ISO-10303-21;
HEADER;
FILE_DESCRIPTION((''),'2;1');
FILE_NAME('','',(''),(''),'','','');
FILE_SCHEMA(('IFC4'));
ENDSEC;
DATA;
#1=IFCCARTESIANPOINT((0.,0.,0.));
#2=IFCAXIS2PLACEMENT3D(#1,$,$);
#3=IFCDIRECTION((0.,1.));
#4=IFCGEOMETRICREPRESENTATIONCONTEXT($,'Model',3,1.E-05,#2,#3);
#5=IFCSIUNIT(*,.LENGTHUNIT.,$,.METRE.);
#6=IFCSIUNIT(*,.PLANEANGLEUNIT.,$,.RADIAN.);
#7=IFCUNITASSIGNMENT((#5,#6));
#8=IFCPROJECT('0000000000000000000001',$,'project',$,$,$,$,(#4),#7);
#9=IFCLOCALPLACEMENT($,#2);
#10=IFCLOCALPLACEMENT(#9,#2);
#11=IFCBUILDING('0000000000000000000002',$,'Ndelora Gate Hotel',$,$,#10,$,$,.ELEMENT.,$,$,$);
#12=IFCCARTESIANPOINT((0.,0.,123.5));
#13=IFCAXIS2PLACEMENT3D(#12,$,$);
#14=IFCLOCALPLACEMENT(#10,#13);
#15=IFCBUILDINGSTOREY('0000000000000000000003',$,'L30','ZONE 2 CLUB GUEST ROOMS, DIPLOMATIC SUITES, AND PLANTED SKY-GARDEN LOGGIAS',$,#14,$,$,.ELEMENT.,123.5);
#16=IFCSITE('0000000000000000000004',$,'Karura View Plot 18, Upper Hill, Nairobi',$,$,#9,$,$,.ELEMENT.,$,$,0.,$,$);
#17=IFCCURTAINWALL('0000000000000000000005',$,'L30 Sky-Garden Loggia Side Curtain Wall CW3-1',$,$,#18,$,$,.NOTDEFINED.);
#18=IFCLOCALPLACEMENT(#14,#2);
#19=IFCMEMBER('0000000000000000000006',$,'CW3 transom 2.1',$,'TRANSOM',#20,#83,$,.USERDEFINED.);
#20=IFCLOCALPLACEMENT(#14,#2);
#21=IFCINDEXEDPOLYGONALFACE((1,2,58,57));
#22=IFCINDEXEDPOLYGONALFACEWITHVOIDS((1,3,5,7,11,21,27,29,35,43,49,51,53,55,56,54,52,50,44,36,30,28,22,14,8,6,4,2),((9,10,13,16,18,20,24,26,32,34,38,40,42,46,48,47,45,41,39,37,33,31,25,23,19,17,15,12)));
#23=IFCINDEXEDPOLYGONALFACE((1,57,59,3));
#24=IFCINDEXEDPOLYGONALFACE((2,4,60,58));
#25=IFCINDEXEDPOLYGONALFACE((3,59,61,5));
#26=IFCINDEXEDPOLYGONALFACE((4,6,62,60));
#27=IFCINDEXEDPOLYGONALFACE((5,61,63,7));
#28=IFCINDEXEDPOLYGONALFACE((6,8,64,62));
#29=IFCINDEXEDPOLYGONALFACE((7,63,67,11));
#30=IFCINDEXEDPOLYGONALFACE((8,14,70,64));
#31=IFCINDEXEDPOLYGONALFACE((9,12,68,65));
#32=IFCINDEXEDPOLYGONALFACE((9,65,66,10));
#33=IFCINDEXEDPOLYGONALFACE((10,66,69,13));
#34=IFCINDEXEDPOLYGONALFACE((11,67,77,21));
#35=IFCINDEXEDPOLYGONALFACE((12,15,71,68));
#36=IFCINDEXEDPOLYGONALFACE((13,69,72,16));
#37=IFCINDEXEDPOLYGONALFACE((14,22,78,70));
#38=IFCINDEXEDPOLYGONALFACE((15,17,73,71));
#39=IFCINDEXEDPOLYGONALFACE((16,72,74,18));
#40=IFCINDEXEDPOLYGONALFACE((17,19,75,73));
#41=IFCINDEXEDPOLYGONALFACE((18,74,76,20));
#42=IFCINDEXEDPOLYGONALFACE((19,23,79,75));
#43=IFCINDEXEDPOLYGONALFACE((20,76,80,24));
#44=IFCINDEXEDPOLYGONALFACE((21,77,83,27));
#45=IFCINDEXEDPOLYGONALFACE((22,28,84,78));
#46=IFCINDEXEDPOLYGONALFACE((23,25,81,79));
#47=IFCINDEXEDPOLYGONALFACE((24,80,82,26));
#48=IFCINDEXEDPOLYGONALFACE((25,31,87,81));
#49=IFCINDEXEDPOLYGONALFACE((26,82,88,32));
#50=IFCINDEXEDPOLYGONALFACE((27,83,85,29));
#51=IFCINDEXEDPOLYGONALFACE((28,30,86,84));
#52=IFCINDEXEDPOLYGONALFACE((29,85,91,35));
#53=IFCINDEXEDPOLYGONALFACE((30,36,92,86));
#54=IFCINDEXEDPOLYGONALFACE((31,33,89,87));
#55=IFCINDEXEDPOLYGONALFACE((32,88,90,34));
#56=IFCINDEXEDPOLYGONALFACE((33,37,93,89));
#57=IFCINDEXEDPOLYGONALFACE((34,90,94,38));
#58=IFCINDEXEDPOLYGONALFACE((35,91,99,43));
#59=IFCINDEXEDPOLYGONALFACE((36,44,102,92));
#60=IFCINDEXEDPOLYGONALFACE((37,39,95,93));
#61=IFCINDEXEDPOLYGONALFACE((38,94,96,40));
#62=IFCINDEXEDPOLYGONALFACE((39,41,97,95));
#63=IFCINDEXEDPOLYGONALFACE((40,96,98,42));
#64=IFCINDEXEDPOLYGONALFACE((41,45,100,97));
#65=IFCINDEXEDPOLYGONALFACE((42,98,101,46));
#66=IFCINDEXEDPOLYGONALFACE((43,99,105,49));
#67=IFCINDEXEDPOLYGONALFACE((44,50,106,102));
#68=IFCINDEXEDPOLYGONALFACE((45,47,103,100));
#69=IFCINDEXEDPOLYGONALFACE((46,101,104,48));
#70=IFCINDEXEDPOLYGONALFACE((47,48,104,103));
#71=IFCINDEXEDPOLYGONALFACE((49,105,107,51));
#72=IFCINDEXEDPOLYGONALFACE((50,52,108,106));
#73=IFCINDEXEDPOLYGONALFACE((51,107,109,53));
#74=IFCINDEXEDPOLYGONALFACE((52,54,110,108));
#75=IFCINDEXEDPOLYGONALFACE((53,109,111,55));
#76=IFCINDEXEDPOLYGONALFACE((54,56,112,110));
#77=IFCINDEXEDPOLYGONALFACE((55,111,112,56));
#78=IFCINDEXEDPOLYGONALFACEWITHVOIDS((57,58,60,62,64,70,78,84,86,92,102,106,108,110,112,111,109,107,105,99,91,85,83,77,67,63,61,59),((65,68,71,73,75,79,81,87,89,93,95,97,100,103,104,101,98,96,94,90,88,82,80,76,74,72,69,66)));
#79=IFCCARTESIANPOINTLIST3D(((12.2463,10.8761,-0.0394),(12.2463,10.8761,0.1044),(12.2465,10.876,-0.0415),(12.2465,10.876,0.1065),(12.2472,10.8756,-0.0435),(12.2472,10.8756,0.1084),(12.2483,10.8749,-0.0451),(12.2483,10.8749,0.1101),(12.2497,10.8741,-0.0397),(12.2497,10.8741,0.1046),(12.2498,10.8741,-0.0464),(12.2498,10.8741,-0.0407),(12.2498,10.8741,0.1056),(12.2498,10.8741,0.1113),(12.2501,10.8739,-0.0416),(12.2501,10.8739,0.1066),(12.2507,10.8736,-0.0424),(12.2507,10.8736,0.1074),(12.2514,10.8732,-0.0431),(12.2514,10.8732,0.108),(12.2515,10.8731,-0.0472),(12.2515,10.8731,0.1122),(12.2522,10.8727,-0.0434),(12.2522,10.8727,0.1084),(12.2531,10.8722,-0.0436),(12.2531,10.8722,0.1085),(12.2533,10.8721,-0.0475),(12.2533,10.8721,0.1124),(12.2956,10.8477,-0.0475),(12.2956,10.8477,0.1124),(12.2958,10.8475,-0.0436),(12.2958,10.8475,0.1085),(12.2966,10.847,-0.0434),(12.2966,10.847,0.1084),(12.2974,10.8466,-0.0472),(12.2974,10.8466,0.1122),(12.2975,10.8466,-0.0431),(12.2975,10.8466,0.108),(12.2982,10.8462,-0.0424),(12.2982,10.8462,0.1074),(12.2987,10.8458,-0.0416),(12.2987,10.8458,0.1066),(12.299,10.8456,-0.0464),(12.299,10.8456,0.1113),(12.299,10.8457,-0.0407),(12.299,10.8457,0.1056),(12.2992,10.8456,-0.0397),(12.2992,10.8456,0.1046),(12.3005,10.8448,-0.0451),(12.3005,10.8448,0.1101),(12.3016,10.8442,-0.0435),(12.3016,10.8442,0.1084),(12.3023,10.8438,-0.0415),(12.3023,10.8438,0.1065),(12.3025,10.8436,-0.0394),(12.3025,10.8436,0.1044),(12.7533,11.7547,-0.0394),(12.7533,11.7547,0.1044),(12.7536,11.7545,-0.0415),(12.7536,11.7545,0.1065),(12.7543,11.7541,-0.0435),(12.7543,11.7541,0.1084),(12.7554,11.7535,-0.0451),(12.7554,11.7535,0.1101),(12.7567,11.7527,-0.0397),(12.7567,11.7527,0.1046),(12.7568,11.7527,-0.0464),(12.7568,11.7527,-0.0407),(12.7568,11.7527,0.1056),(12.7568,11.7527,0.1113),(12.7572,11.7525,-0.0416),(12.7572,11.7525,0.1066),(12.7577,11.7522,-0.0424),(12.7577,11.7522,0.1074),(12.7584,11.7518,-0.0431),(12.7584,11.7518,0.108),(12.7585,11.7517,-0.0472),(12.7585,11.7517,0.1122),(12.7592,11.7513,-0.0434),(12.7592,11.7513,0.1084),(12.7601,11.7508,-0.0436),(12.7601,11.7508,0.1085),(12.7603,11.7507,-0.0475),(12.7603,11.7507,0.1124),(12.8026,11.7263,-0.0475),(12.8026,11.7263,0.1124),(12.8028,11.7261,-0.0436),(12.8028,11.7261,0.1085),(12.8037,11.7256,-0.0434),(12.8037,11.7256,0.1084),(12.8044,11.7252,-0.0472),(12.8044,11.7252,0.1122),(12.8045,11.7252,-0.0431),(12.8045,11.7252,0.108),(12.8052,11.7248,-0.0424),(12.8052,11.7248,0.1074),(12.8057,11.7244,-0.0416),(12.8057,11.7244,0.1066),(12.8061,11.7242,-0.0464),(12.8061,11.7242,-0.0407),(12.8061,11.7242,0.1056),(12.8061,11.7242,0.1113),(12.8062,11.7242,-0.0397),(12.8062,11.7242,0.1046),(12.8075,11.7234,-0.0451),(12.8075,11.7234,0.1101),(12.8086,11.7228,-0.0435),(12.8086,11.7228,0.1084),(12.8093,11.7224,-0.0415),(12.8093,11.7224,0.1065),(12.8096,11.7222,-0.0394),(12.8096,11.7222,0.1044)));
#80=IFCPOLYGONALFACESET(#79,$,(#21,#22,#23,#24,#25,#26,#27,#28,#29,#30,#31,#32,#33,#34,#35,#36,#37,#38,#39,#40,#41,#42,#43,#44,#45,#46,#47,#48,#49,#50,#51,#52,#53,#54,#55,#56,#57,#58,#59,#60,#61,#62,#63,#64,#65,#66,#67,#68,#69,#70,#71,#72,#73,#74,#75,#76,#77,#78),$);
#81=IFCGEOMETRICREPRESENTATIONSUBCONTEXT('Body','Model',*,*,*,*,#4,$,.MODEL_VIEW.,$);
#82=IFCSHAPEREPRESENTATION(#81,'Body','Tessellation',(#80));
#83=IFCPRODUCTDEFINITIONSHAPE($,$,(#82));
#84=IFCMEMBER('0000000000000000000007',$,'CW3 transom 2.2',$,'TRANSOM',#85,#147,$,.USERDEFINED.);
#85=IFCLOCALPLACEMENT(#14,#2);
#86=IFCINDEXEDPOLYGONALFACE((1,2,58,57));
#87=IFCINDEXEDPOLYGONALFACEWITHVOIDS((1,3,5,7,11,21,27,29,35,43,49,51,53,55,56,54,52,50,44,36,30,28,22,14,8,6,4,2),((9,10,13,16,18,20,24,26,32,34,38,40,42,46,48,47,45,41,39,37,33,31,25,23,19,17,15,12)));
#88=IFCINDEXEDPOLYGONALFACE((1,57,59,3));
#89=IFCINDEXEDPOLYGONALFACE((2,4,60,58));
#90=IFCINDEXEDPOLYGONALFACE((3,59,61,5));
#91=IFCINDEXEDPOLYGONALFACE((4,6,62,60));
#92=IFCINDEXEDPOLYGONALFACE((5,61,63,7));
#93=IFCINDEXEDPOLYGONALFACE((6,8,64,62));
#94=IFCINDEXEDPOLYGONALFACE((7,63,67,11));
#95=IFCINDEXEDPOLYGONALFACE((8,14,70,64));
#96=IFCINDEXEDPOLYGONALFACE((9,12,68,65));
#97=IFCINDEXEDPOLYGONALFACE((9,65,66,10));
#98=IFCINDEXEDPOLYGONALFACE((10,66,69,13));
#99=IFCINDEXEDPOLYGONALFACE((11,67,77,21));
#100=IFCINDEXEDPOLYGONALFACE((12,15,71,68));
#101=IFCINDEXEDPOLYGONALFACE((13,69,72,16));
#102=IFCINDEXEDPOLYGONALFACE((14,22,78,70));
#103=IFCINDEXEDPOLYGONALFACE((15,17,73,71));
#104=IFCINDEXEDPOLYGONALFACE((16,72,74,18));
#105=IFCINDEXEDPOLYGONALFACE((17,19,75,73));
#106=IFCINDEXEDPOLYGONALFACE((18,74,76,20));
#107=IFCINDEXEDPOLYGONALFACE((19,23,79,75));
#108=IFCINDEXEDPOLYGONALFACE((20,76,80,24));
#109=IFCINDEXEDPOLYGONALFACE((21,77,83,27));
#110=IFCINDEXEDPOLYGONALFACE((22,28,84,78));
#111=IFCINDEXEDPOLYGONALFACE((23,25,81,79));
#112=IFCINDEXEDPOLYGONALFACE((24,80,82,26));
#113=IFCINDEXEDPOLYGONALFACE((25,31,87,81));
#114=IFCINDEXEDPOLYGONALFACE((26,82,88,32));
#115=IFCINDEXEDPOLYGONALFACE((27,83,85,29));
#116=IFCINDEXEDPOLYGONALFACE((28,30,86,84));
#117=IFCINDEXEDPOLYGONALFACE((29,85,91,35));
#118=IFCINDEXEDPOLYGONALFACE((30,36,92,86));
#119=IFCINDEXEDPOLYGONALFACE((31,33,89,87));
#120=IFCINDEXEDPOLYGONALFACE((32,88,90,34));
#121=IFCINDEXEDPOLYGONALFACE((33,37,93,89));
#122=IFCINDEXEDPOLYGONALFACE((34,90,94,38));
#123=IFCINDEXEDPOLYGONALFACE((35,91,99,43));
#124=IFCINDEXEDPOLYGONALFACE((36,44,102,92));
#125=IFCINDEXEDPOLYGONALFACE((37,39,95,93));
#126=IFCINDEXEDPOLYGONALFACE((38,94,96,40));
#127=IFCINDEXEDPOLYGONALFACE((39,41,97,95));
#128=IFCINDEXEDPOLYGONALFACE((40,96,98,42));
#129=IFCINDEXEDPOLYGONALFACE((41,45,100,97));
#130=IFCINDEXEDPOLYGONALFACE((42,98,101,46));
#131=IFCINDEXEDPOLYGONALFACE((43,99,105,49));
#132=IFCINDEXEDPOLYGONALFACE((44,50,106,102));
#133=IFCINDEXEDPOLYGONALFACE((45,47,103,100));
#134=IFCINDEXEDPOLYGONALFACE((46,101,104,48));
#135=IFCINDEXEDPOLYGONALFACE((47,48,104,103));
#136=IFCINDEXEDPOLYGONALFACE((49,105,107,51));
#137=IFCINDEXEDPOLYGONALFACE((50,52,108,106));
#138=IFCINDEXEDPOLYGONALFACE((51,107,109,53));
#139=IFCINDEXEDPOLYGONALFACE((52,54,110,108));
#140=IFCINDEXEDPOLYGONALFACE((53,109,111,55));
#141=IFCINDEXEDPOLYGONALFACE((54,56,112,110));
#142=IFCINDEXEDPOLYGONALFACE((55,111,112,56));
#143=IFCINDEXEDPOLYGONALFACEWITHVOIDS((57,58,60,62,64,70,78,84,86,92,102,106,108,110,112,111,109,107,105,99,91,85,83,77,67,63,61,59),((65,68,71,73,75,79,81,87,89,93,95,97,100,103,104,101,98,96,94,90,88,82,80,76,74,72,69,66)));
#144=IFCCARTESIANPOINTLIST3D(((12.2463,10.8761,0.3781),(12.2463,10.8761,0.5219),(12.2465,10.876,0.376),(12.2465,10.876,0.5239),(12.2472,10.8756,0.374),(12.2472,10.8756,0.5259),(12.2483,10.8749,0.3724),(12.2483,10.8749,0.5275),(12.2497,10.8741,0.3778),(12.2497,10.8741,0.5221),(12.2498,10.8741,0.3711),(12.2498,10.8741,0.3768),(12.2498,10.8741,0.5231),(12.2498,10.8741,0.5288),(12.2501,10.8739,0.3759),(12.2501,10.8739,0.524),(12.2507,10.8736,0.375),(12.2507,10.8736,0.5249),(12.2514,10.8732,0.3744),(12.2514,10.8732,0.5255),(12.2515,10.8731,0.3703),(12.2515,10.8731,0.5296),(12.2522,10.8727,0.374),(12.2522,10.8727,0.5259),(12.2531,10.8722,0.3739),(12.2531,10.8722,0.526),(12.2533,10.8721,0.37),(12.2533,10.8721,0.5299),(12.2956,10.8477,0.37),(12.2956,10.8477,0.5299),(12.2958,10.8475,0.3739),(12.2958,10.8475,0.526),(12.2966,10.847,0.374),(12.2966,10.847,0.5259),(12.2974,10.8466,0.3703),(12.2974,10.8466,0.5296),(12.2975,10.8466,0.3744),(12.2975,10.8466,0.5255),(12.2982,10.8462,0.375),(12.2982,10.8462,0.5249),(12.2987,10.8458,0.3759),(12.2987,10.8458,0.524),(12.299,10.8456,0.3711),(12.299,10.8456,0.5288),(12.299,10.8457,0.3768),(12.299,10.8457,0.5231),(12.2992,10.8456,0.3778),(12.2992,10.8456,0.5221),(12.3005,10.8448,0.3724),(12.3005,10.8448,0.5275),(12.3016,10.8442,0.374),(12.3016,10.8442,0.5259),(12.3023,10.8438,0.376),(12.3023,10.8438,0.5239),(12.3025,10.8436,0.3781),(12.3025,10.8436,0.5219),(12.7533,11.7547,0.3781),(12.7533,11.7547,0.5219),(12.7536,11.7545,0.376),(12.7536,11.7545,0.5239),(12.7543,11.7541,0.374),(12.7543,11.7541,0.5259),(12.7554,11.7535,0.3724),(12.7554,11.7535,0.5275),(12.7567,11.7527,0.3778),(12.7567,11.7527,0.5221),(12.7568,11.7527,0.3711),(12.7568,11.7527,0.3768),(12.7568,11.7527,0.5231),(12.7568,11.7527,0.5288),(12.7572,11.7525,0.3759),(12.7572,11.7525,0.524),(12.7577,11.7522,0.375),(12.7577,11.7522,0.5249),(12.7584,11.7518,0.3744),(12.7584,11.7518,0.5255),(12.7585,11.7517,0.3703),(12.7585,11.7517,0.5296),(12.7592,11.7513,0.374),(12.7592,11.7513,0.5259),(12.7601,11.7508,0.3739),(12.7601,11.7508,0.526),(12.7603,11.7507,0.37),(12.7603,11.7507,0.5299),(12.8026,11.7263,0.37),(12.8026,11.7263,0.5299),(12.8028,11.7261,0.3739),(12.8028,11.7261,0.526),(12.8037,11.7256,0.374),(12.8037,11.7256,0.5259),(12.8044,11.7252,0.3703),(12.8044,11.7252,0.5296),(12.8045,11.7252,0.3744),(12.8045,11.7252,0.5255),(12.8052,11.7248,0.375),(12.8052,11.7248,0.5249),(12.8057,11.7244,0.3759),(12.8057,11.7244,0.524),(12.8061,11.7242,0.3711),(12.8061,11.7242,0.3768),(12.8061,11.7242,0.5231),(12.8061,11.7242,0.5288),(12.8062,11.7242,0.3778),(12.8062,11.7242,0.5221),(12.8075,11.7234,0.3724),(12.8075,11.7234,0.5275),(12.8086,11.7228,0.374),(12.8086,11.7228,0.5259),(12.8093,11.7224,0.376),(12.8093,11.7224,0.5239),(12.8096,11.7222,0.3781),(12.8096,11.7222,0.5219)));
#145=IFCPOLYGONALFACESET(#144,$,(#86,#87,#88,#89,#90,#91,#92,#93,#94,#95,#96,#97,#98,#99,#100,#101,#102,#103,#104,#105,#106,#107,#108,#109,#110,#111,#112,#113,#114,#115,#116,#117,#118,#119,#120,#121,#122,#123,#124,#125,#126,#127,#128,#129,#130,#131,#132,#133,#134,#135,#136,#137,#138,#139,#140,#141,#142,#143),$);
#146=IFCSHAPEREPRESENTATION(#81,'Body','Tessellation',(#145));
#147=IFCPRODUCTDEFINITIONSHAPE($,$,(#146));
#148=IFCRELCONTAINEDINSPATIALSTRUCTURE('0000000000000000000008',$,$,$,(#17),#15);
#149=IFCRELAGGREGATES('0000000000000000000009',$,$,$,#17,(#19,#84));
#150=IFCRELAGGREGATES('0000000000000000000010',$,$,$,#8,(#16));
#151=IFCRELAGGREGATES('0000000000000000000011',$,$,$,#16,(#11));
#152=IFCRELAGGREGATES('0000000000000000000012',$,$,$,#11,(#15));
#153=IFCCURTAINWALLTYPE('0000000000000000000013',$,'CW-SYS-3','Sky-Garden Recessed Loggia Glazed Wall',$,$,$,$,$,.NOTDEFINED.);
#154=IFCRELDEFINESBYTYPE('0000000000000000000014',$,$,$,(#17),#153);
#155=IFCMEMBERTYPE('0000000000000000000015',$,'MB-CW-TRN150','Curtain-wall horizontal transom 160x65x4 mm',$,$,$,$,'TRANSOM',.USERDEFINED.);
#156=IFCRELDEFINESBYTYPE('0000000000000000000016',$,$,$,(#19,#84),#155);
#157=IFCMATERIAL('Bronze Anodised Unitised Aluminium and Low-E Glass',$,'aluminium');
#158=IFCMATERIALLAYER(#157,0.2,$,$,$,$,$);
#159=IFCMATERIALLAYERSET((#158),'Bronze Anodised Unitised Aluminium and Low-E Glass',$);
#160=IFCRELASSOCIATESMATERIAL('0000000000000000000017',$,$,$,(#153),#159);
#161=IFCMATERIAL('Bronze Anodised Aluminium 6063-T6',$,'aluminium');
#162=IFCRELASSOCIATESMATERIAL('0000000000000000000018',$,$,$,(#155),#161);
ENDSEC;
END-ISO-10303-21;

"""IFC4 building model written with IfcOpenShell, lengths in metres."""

from ifc_helpers import new_model, si_unit, direction, frame, origin, origin_2d, place, context, subcontext, project, spatial, hollow_rectangle, extrude, material, layer, layer_set, material_profile, profile_set, type_object, element, aggregate, save


model = new_model("IFC4")

# Units and contexts
model_context = context("Model", 3, precision=1e-05, world=origin(), true_north=direction((0.0, 1.0)))
body_context = subcontext(model_context, "Body", "Model", "MODEL_VIEW")
ifc_project = project(units=[si_unit("LENGTHUNIT", "METRE"), si_unit("PLANEANGLEUNIT", "RADIAN")], contexts=[model_context])

# Site, building, storey
site_placement = place(None, origin())
site = spatial("IfcSite", under=ifc_project, at=site_placement, Name="Karura View Plot 18, Upper Hill, Nairobi", CompositionType="ELEMENT", RefElevation=0.0)
building_placement = place(site_placement, origin())
building = spatial("IfcBuilding", under=site, at=building_placement, Name="Ndelora Gate Hotel", CompositionType="ELEMENT")
storey_placement = place(building_placement, frame((0.0, 0.0, 123.5)))
storey = spatial("IfcBuildingStorey", under=building, at=storey_placement, Name="L30", Description="ZONE 2 CLUB GUEST ROOMS, DIPLOMATIC SUITES, AND PLANTED SKY-GARDEN LOGGIAS", CompositionType="ELEMENT", Elevation=123.5)

# Curtain wall, members
ifc_material_1 = material(Name="Bronze Anodised Unitised Aluminium and Low-E Glass", Category="aluminium")
ifc_layer_1 = layer(ifc_material_1, 0.2)
ifc_layer_set_1 = layer_set([ifc_layer_1], Name="Bronze Anodised Unitised Aluminium and Low-E Glass")
curtain_wall_type = type_object("IfcCurtainWallType", Name="CW-SYS-3", Description="Sky-Garden Recessed Loggia Glazed Wall", PredefinedType="NOTDEFINED", material=ifc_layer_set_1)
curtain_wall_placement = place(storey_placement, origin())
curtain_wall = element("IfcCurtainWall", 1, at=curtain_wall_placement, inside=storey, type_object=curtain_wall_type, Name="L30 Sky-Garden Loggia Side Curtain Wall CW3-1", PredefinedType="NOTDEFINED")
ifc_material_2 = material(Name="Bronze Anodised Aluminium 6063-T6", Category="aluminium")
ifc_material_profile_1 = material_profile(ifc_material_2, hollow_rectangle(XDim=0.0649, YDim=0.1599, WallThickness=0.0039, InnerFilletRadius=0.0039, OuterFilletRadius=0.0081, at=origin_2d()), Name="ALU 160x65x4")
ifc_profile_set_1 = profile_set([ifc_material_profile_1], Name="Bronze Anodised Aluminium 6063-T6")
member_type_1 = type_object("IfcMemberType", Name="MB-CW-TRN150", Description="Curtain-wall horizontal transom 160x65x4 mm", ElementType="TRANSOM", PredefinedType="USERDEFINED", material=ifc_profile_set_1)
member_1_placement = place(storey_placement, frame((12.2744, 10.8599, 0.0325), z_axis=(0.499841, 0.866117, 0.0), x_axis=(-0.866117, 0.499841, 0.0)))
member_1 = element("IfcMember", 2, at=member_1_placement, type_object=member_type_1, Name="CW3 transom 2.1", ObjectType="TRANSOM", PredefinedType="USERDEFINED", context=body_context, shape_type="SweptSolid", body=[
    extrude(hollow_rectangle(XDim=0.0649, YDim=0.1599, WallThickness=0.0039, InnerFilletRadius=0.0039, OuterFilletRadius=0.0081, at=origin_2d()), origin(), (0.0, 0.0, 1.0), 1.0144),
])
member_2_placement = place(storey_placement, frame((12.2744, 10.8599, 0.45), z_axis=(0.499841, 0.866117, 0.0), x_axis=(-0.866117, 0.499841, 0.0)))
member_2 = element("IfcMember", 3, at=member_2_placement, type_object=member_type_1, Name="CW3 transom 2.2", ObjectType="TRANSOM", PredefinedType="USERDEFINED", context=body_context, shape_type="SweptSolid", body=[
    extrude(hollow_rectangle(XDim=0.0649, YDim=0.1599, WallThickness=0.0039, InnerFilletRadius=0.0039, OuterFilletRadius=0.0081, at=origin_2d()), origin(), (0.0, 0.0, 1.0), 1.0144),
])
aggregate(curtain_wall, [member_1, member_2])

save(model, "model.ifc")
